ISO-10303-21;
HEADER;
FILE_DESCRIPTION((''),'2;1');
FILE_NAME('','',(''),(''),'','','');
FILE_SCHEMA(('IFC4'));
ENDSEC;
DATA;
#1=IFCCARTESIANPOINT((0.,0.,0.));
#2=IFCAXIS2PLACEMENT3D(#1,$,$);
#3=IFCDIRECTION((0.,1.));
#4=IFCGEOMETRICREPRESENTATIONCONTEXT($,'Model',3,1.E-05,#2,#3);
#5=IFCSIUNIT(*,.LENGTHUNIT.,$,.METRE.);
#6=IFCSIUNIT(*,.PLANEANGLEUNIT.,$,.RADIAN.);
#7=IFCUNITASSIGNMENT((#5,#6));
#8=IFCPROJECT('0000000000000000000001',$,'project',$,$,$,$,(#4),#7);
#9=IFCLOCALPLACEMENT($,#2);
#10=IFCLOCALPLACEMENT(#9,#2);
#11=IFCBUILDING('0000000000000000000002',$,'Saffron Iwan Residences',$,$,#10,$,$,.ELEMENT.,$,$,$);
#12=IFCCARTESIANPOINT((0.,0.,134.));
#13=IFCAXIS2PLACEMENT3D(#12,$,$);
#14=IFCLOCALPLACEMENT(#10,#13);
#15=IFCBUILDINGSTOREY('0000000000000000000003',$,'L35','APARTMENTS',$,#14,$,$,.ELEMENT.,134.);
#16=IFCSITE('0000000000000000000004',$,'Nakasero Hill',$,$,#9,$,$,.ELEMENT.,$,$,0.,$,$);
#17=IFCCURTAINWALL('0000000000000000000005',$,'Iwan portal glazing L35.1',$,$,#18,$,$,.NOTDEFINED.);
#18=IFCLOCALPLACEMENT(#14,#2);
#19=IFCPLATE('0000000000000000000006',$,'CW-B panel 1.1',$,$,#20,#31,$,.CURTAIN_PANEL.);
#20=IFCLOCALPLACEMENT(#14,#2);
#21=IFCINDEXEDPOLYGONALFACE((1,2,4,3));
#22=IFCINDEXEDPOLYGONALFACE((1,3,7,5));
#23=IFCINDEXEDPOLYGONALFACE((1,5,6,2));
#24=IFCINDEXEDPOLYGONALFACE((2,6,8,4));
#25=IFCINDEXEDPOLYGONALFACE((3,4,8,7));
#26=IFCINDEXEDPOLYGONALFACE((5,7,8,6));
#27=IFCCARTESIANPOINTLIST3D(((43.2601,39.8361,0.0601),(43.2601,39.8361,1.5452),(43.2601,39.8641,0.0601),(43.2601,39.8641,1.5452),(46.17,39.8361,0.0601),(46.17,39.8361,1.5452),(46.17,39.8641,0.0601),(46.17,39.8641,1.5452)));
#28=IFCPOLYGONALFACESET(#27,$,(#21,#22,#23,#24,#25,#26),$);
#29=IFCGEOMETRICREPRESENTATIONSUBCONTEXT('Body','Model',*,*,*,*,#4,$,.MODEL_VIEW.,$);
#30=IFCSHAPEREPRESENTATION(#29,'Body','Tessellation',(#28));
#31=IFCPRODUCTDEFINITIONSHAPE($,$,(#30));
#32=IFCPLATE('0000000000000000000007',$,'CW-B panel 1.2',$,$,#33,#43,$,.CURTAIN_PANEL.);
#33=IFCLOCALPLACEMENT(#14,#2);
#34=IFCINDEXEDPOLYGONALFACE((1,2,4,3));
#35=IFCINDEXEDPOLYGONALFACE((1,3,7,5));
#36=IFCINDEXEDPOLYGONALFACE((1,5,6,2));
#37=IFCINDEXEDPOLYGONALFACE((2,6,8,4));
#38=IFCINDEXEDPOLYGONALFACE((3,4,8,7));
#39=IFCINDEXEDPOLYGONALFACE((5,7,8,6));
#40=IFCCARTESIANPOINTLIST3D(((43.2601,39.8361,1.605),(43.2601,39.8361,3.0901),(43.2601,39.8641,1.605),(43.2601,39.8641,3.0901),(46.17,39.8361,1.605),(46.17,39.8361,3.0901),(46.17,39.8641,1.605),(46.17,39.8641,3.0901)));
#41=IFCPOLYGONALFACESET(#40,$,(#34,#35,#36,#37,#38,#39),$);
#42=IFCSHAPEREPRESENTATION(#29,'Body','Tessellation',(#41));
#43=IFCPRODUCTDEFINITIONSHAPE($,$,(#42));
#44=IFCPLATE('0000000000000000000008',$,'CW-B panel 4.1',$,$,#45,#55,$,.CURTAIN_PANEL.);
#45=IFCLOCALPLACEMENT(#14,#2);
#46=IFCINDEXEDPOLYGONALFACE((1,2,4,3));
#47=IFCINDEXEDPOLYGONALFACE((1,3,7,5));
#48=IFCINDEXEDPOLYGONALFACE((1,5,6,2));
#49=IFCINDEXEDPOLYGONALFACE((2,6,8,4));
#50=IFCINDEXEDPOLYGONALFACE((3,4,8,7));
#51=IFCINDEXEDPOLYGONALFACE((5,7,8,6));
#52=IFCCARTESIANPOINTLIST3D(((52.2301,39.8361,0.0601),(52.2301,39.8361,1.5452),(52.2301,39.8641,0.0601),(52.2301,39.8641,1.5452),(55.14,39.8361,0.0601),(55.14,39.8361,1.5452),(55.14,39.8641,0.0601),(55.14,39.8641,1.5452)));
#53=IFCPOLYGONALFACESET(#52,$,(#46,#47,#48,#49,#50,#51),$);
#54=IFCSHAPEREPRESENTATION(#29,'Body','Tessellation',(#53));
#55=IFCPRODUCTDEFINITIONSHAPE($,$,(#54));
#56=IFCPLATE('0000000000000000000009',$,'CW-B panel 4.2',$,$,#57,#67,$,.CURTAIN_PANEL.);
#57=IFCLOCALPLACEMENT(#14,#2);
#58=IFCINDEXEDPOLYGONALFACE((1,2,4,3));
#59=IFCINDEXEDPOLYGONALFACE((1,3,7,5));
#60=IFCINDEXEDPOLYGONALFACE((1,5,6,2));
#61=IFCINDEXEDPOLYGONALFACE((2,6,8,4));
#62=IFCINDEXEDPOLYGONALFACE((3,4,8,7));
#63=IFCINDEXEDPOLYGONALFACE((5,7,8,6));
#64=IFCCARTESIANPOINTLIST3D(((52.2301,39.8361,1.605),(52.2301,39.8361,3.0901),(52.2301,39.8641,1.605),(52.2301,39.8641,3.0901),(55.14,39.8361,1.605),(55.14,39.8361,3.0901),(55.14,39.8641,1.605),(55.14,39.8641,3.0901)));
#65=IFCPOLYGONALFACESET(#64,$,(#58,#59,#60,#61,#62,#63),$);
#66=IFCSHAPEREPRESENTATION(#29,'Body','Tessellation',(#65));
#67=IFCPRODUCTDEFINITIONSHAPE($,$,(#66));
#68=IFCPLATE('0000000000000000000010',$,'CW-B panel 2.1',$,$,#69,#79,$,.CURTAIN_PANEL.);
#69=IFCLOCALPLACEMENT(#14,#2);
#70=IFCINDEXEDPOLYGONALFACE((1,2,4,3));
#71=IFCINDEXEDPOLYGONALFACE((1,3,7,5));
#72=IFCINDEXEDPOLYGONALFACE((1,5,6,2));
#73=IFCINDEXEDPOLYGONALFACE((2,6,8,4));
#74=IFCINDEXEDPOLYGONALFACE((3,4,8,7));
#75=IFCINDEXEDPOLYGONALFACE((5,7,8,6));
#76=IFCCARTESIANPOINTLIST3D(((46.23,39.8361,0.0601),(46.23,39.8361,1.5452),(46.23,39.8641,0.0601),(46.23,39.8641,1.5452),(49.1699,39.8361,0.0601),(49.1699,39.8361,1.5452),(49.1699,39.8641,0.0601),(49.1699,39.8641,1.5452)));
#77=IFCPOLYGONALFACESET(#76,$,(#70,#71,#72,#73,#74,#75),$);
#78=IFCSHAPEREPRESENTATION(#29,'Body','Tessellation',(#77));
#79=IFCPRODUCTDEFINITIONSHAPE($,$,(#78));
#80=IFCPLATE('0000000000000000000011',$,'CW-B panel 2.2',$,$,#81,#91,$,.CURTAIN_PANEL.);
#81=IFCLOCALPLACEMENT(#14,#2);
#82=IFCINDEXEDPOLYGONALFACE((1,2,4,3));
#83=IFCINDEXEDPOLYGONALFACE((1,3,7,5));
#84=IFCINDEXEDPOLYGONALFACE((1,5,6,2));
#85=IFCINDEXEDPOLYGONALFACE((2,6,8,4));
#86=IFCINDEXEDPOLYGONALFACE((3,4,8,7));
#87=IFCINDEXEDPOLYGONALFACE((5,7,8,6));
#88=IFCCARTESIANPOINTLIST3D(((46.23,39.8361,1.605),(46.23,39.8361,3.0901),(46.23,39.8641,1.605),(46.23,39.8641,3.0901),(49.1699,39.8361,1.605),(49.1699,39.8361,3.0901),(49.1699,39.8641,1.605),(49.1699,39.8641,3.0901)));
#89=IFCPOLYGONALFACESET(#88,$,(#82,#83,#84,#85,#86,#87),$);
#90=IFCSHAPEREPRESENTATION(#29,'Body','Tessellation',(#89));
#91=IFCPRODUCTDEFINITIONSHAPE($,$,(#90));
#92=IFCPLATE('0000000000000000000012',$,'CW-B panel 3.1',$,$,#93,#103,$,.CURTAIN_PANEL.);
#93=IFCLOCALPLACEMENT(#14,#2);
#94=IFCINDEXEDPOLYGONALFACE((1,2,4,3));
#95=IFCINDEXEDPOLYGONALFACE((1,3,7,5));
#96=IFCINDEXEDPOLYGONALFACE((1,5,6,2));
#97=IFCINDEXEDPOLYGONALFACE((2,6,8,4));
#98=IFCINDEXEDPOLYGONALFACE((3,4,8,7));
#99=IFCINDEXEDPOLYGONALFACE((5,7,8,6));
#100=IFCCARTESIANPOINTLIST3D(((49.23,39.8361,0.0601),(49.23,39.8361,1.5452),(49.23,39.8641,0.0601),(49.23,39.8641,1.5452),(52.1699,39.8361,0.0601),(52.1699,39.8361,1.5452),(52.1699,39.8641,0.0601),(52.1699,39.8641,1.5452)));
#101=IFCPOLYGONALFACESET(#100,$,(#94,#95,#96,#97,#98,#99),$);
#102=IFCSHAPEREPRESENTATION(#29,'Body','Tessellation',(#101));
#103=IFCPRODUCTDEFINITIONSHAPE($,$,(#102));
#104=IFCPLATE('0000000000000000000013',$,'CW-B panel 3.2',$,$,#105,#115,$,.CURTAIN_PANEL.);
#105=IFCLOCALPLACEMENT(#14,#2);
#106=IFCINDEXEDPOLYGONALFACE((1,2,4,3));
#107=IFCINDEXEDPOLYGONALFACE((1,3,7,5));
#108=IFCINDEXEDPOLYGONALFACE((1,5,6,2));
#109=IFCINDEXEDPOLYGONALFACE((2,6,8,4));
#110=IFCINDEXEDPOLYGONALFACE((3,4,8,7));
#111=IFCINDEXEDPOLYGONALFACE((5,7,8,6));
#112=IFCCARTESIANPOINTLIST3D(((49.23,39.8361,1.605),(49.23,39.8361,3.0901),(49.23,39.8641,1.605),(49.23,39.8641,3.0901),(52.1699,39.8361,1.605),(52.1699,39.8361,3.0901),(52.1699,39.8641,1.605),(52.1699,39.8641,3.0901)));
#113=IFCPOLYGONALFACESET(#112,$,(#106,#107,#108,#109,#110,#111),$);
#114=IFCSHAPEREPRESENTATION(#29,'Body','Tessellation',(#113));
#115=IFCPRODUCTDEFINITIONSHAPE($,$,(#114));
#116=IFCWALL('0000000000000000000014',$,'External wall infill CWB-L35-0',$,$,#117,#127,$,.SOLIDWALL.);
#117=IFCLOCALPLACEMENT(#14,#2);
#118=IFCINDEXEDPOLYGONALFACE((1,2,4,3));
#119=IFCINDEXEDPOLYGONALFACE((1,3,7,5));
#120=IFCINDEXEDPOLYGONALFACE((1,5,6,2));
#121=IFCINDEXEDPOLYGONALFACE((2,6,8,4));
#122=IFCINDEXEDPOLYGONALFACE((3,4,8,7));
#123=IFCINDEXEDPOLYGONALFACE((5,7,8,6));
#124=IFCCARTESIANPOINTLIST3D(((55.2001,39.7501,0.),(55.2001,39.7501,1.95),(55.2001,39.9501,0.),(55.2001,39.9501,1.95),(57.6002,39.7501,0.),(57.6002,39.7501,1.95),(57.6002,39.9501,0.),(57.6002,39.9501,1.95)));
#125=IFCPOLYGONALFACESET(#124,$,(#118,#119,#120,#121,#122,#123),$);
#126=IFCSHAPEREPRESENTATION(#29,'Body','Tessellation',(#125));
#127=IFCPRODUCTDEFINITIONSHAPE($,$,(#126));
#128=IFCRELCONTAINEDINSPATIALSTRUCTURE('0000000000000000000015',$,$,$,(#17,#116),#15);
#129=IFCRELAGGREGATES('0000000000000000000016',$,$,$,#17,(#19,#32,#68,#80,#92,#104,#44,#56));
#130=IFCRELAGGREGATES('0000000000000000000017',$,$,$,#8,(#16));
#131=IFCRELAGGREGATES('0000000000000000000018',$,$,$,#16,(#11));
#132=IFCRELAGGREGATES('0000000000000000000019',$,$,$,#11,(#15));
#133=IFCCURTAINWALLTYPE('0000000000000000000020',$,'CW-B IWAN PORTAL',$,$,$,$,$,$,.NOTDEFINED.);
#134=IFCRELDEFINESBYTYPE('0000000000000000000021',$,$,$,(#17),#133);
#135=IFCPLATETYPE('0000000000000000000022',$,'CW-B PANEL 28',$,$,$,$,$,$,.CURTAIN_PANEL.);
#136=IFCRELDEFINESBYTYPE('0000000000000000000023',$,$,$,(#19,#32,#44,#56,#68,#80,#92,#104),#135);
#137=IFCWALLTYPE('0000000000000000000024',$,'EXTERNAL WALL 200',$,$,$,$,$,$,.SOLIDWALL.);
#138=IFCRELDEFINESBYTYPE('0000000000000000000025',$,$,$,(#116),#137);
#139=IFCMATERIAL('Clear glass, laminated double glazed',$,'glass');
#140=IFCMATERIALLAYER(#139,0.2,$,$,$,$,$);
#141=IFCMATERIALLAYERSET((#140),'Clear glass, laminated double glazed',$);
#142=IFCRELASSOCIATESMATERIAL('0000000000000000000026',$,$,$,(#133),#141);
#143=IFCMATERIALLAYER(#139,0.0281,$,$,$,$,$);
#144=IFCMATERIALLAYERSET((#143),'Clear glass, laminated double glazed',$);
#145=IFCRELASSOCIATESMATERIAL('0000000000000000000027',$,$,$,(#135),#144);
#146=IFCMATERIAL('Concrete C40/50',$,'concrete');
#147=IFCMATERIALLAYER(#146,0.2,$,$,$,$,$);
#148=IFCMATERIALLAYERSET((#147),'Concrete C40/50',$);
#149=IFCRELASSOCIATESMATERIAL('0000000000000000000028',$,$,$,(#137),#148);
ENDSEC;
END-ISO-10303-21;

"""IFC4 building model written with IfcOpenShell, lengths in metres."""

from ifc_helpers import new_model, si_unit, direction, frame, frame_2d, origin, origin_2d, place, context, subcontext, project, spatial, rectangle, extrude, source, transform, mapped, material, layer, layer_set, type_object, element, aggregate, save


model = new_model("IFC4")

# Units and contexts
model_context = context("Model", 3, precision=1e-05, world=origin(), true_north=direction((0.0, 1.0)))
body_context = subcontext(model_context, "Body", "Model", "MODEL_VIEW")
ifc_project = project(units=[si_unit("LENGTHUNIT", "METRE"), si_unit("PLANEANGLEUNIT", "RADIAN")], contexts=[model_context])

# Site, building, storey
site_placement = place(None, origin())
site = spatial("IfcSite", under=ifc_project, at=site_placement, Name="Nakasero Hill", CompositionType="ELEMENT", RefElevation=0.0)
building_placement = place(site_placement, origin())
building = spatial("IfcBuilding", under=site, at=building_placement, Name="Saffron Iwan Residences", CompositionType="ELEMENT")
storey_placement = place(building_placement, frame((0.0, 0.0, 134.0)))
storey = spatial("IfcBuildingStorey", under=building, at=storey_placement, Name="L35", Description="APARTMENTS", CompositionType="ELEMENT", Elevation=134.0)

# Curtain wall, plates
ifc_material_1 = material(Name="Clear glass, laminated double glazed", Category="glass")
ifc_layer_1 = layer(ifc_material_1, 0.2)
ifc_layer_set_1 = layer_set([ifc_layer_1], Name="Clear glass, laminated double glazed")
curtain_wall_type = type_object("IfcCurtainWallType", Name="CW-B IWAN PORTAL", PredefinedType="NOTDEFINED", material=ifc_layer_set_1)
curtain_wall_placement = place(storey_placement, origin())
curtain_wall = element("IfcCurtainWall", 1, at=curtain_wall_placement, inside=storey, type_object=curtain_wall_type, Name="Iwan portal glazing L35.1", PredefinedType="NOTDEFINED")
ifc_layer_2 = layer(ifc_material_1, 0.0281)
ifc_layer_set_2 = layer_set([ifc_layer_2], Name="Clear glass, laminated double glazed")
plate_type = type_object("IfcPlateType", Name="CW-B PANEL 28", PredefinedType="CURTAIN_PANEL", material=ifc_layer_set_2)
shared_shape_1 = source(origin(), body_context, "Body", "SweptSolid", [
    extrude(rectangle(XDim=2.9099, YDim=0.0281, at=origin_2d()), origin(), (0.0, 0.0, 1.0), 1.4851),
])
plate_1_placement = place(storey_placement, frame((44.7151, 39.8501, 0.0601), z_axis=(0.0, 0.0, 1.0), x_axis=(1.0, 0.0, 0.0)))
plate_1 = element("IfcPlate", 2, at=plate_1_placement, type_object=plate_type, Name="CW-B panel 1.1", PredefinedType="CURTAIN_PANEL", context=body_context, shape_type="MappedRepresentation", body=[
    mapped(shared_shape_1, transform((0.0, 0.0, 0.0))),
])
plate_2_placement = place(storey_placement, frame((44.7151, 39.8501, 1.605), z_axis=(0.0, 0.0, 1.0), x_axis=(1.0, 0.0, 0.0)))
plate_2 = element("IfcPlate", 3, at=plate_2_placement, type_object=plate_type, Name="CW-B panel 1.2", PredefinedType="CURTAIN_PANEL", context=body_context, shape_type="MappedRepresentation", body=[
    mapped(shared_shape_1, transform((0.0, 0.0, 0.0))),
])
plate_3_placement = place(storey_placement, frame((53.6851, 39.8501, 0.0601), z_axis=(0.0, 0.0, 1.0), x_axis=(1.0, 0.0, 0.0)))
plate_3 = element("IfcPlate", 4, at=plate_3_placement, type_object=plate_type, Name="CW-B panel 4.1", PredefinedType="CURTAIN_PANEL", context=body_context, shape_type="MappedRepresentation", body=[
    mapped(shared_shape_1, transform((0.0, 0.0, 0.0))),
])
plate_4_placement = place(storey_placement, frame((53.6851, 39.8501, 1.605), z_axis=(0.0, 0.0, 1.0), x_axis=(1.0, 0.0, 0.0)))
plate_4 = element("IfcPlate", 5, at=plate_4_placement, type_object=plate_type, Name="CW-B panel 4.2", PredefinedType="CURTAIN_PANEL", context=body_context, shape_type="MappedRepresentation", body=[
    mapped(shared_shape_1, transform((0.0, 0.0, 0.0))),
])
shared_shape_2 = source(origin(), body_context, "Body", "SweptSolid", [
    extrude(rectangle(XDim=2.9399, YDim=0.0281, at=origin_2d()), origin(), (0.0, 0.0, 1.0), 1.4851),
])
plate_5_placement = place(storey_placement, frame((47.7, 39.8501, 0.0601), z_axis=(0.0, 0.0, 1.0), x_axis=(1.0, 0.0, 0.0)))
plate_5 = element("IfcPlate", 6, at=plate_5_placement, type_object=plate_type, Name="CW-B panel 2.1", PredefinedType="CURTAIN_PANEL", context=body_context, shape_type="MappedRepresentation", body=[
    mapped(shared_shape_2, transform((0.0, 0.0, 0.0))),
])
plate_6_placement = place(storey_placement, frame((47.7, 39.8501, 1.605), z_axis=(0.0, 0.0, 1.0), x_axis=(1.0, 0.0, 0.0)))
plate_6 = element("IfcPlate", 7, at=plate_6_placement, type_object=plate_type, Name="CW-B panel 2.2", PredefinedType="CURTAIN_PANEL", context=body_context, shape_type="MappedRepresentation", body=[
    mapped(shared_shape_2, transform((0.0, 0.0, 0.0))),
])
plate_7_placement = place(storey_placement, frame((50.7, 39.8501, 0.0601), z_axis=(0.0, 0.0, 1.0), x_axis=(1.0, 0.0, 0.0)))
plate_7 = element("IfcPlate", 8, at=plate_7_placement, type_object=plate_type, Name="CW-B panel 3.1", PredefinedType="CURTAIN_PANEL", context=body_context, shape_type="MappedRepresentation", body=[
    mapped(shared_shape_2, transform((0.0, 0.0, 0.0))),
])
plate_8_placement = place(storey_placement, frame((50.7, 39.8501, 1.605), z_axis=(0.0, 0.0, 1.0), x_axis=(1.0, 0.0, 0.0)))
plate_8 = element("IfcPlate", 9, at=plate_8_placement, type_object=plate_type, Name="CW-B panel 3.2", PredefinedType="CURTAIN_PANEL", context=body_context, shape_type="MappedRepresentation", body=[
    mapped(shared_shape_2, transform((0.0, 0.0, 0.0))),
])
aggregate(curtain_wall, [plate_1, plate_2, plate_5, plate_6, plate_7, plate_8, plate_3, plate_4])

# Wall
ifc_material_2 = material(Name="Concrete C40/50", Category="concrete")
ifc_layer_3 = layer(ifc_material_2, 0.2)
ifc_layer_set_3 = layer_set([ifc_layer_3], Name="Concrete C40/50")
wall_type = type_object("IfcWallType", Name="EXTERNAL WALL 200", PredefinedType="SOLIDWALL", material=ifc_layer_set_3)
wall_placement = place(storey_placement, frame((55.2, 39.8501, 0.0), z_axis=(0.0, 0.0, 1.0), x_axis=(1.0, 0.0, 0.0)))
element("IfcWall", 10, at=wall_placement, inside=storey, type_object=wall_type, Name="External wall infill CWB-L35-0", PredefinedType="SOLIDWALL", context=body_context, shape_type="SweptSolid", body=[
    extrude(rectangle(XDim=2.4001, YDim=0.2, at=frame_2d((1.2002, 0.0))), origin(), (0.0, 0.0, 1.0), 1.95),
])

save(model, "model.ifc")
